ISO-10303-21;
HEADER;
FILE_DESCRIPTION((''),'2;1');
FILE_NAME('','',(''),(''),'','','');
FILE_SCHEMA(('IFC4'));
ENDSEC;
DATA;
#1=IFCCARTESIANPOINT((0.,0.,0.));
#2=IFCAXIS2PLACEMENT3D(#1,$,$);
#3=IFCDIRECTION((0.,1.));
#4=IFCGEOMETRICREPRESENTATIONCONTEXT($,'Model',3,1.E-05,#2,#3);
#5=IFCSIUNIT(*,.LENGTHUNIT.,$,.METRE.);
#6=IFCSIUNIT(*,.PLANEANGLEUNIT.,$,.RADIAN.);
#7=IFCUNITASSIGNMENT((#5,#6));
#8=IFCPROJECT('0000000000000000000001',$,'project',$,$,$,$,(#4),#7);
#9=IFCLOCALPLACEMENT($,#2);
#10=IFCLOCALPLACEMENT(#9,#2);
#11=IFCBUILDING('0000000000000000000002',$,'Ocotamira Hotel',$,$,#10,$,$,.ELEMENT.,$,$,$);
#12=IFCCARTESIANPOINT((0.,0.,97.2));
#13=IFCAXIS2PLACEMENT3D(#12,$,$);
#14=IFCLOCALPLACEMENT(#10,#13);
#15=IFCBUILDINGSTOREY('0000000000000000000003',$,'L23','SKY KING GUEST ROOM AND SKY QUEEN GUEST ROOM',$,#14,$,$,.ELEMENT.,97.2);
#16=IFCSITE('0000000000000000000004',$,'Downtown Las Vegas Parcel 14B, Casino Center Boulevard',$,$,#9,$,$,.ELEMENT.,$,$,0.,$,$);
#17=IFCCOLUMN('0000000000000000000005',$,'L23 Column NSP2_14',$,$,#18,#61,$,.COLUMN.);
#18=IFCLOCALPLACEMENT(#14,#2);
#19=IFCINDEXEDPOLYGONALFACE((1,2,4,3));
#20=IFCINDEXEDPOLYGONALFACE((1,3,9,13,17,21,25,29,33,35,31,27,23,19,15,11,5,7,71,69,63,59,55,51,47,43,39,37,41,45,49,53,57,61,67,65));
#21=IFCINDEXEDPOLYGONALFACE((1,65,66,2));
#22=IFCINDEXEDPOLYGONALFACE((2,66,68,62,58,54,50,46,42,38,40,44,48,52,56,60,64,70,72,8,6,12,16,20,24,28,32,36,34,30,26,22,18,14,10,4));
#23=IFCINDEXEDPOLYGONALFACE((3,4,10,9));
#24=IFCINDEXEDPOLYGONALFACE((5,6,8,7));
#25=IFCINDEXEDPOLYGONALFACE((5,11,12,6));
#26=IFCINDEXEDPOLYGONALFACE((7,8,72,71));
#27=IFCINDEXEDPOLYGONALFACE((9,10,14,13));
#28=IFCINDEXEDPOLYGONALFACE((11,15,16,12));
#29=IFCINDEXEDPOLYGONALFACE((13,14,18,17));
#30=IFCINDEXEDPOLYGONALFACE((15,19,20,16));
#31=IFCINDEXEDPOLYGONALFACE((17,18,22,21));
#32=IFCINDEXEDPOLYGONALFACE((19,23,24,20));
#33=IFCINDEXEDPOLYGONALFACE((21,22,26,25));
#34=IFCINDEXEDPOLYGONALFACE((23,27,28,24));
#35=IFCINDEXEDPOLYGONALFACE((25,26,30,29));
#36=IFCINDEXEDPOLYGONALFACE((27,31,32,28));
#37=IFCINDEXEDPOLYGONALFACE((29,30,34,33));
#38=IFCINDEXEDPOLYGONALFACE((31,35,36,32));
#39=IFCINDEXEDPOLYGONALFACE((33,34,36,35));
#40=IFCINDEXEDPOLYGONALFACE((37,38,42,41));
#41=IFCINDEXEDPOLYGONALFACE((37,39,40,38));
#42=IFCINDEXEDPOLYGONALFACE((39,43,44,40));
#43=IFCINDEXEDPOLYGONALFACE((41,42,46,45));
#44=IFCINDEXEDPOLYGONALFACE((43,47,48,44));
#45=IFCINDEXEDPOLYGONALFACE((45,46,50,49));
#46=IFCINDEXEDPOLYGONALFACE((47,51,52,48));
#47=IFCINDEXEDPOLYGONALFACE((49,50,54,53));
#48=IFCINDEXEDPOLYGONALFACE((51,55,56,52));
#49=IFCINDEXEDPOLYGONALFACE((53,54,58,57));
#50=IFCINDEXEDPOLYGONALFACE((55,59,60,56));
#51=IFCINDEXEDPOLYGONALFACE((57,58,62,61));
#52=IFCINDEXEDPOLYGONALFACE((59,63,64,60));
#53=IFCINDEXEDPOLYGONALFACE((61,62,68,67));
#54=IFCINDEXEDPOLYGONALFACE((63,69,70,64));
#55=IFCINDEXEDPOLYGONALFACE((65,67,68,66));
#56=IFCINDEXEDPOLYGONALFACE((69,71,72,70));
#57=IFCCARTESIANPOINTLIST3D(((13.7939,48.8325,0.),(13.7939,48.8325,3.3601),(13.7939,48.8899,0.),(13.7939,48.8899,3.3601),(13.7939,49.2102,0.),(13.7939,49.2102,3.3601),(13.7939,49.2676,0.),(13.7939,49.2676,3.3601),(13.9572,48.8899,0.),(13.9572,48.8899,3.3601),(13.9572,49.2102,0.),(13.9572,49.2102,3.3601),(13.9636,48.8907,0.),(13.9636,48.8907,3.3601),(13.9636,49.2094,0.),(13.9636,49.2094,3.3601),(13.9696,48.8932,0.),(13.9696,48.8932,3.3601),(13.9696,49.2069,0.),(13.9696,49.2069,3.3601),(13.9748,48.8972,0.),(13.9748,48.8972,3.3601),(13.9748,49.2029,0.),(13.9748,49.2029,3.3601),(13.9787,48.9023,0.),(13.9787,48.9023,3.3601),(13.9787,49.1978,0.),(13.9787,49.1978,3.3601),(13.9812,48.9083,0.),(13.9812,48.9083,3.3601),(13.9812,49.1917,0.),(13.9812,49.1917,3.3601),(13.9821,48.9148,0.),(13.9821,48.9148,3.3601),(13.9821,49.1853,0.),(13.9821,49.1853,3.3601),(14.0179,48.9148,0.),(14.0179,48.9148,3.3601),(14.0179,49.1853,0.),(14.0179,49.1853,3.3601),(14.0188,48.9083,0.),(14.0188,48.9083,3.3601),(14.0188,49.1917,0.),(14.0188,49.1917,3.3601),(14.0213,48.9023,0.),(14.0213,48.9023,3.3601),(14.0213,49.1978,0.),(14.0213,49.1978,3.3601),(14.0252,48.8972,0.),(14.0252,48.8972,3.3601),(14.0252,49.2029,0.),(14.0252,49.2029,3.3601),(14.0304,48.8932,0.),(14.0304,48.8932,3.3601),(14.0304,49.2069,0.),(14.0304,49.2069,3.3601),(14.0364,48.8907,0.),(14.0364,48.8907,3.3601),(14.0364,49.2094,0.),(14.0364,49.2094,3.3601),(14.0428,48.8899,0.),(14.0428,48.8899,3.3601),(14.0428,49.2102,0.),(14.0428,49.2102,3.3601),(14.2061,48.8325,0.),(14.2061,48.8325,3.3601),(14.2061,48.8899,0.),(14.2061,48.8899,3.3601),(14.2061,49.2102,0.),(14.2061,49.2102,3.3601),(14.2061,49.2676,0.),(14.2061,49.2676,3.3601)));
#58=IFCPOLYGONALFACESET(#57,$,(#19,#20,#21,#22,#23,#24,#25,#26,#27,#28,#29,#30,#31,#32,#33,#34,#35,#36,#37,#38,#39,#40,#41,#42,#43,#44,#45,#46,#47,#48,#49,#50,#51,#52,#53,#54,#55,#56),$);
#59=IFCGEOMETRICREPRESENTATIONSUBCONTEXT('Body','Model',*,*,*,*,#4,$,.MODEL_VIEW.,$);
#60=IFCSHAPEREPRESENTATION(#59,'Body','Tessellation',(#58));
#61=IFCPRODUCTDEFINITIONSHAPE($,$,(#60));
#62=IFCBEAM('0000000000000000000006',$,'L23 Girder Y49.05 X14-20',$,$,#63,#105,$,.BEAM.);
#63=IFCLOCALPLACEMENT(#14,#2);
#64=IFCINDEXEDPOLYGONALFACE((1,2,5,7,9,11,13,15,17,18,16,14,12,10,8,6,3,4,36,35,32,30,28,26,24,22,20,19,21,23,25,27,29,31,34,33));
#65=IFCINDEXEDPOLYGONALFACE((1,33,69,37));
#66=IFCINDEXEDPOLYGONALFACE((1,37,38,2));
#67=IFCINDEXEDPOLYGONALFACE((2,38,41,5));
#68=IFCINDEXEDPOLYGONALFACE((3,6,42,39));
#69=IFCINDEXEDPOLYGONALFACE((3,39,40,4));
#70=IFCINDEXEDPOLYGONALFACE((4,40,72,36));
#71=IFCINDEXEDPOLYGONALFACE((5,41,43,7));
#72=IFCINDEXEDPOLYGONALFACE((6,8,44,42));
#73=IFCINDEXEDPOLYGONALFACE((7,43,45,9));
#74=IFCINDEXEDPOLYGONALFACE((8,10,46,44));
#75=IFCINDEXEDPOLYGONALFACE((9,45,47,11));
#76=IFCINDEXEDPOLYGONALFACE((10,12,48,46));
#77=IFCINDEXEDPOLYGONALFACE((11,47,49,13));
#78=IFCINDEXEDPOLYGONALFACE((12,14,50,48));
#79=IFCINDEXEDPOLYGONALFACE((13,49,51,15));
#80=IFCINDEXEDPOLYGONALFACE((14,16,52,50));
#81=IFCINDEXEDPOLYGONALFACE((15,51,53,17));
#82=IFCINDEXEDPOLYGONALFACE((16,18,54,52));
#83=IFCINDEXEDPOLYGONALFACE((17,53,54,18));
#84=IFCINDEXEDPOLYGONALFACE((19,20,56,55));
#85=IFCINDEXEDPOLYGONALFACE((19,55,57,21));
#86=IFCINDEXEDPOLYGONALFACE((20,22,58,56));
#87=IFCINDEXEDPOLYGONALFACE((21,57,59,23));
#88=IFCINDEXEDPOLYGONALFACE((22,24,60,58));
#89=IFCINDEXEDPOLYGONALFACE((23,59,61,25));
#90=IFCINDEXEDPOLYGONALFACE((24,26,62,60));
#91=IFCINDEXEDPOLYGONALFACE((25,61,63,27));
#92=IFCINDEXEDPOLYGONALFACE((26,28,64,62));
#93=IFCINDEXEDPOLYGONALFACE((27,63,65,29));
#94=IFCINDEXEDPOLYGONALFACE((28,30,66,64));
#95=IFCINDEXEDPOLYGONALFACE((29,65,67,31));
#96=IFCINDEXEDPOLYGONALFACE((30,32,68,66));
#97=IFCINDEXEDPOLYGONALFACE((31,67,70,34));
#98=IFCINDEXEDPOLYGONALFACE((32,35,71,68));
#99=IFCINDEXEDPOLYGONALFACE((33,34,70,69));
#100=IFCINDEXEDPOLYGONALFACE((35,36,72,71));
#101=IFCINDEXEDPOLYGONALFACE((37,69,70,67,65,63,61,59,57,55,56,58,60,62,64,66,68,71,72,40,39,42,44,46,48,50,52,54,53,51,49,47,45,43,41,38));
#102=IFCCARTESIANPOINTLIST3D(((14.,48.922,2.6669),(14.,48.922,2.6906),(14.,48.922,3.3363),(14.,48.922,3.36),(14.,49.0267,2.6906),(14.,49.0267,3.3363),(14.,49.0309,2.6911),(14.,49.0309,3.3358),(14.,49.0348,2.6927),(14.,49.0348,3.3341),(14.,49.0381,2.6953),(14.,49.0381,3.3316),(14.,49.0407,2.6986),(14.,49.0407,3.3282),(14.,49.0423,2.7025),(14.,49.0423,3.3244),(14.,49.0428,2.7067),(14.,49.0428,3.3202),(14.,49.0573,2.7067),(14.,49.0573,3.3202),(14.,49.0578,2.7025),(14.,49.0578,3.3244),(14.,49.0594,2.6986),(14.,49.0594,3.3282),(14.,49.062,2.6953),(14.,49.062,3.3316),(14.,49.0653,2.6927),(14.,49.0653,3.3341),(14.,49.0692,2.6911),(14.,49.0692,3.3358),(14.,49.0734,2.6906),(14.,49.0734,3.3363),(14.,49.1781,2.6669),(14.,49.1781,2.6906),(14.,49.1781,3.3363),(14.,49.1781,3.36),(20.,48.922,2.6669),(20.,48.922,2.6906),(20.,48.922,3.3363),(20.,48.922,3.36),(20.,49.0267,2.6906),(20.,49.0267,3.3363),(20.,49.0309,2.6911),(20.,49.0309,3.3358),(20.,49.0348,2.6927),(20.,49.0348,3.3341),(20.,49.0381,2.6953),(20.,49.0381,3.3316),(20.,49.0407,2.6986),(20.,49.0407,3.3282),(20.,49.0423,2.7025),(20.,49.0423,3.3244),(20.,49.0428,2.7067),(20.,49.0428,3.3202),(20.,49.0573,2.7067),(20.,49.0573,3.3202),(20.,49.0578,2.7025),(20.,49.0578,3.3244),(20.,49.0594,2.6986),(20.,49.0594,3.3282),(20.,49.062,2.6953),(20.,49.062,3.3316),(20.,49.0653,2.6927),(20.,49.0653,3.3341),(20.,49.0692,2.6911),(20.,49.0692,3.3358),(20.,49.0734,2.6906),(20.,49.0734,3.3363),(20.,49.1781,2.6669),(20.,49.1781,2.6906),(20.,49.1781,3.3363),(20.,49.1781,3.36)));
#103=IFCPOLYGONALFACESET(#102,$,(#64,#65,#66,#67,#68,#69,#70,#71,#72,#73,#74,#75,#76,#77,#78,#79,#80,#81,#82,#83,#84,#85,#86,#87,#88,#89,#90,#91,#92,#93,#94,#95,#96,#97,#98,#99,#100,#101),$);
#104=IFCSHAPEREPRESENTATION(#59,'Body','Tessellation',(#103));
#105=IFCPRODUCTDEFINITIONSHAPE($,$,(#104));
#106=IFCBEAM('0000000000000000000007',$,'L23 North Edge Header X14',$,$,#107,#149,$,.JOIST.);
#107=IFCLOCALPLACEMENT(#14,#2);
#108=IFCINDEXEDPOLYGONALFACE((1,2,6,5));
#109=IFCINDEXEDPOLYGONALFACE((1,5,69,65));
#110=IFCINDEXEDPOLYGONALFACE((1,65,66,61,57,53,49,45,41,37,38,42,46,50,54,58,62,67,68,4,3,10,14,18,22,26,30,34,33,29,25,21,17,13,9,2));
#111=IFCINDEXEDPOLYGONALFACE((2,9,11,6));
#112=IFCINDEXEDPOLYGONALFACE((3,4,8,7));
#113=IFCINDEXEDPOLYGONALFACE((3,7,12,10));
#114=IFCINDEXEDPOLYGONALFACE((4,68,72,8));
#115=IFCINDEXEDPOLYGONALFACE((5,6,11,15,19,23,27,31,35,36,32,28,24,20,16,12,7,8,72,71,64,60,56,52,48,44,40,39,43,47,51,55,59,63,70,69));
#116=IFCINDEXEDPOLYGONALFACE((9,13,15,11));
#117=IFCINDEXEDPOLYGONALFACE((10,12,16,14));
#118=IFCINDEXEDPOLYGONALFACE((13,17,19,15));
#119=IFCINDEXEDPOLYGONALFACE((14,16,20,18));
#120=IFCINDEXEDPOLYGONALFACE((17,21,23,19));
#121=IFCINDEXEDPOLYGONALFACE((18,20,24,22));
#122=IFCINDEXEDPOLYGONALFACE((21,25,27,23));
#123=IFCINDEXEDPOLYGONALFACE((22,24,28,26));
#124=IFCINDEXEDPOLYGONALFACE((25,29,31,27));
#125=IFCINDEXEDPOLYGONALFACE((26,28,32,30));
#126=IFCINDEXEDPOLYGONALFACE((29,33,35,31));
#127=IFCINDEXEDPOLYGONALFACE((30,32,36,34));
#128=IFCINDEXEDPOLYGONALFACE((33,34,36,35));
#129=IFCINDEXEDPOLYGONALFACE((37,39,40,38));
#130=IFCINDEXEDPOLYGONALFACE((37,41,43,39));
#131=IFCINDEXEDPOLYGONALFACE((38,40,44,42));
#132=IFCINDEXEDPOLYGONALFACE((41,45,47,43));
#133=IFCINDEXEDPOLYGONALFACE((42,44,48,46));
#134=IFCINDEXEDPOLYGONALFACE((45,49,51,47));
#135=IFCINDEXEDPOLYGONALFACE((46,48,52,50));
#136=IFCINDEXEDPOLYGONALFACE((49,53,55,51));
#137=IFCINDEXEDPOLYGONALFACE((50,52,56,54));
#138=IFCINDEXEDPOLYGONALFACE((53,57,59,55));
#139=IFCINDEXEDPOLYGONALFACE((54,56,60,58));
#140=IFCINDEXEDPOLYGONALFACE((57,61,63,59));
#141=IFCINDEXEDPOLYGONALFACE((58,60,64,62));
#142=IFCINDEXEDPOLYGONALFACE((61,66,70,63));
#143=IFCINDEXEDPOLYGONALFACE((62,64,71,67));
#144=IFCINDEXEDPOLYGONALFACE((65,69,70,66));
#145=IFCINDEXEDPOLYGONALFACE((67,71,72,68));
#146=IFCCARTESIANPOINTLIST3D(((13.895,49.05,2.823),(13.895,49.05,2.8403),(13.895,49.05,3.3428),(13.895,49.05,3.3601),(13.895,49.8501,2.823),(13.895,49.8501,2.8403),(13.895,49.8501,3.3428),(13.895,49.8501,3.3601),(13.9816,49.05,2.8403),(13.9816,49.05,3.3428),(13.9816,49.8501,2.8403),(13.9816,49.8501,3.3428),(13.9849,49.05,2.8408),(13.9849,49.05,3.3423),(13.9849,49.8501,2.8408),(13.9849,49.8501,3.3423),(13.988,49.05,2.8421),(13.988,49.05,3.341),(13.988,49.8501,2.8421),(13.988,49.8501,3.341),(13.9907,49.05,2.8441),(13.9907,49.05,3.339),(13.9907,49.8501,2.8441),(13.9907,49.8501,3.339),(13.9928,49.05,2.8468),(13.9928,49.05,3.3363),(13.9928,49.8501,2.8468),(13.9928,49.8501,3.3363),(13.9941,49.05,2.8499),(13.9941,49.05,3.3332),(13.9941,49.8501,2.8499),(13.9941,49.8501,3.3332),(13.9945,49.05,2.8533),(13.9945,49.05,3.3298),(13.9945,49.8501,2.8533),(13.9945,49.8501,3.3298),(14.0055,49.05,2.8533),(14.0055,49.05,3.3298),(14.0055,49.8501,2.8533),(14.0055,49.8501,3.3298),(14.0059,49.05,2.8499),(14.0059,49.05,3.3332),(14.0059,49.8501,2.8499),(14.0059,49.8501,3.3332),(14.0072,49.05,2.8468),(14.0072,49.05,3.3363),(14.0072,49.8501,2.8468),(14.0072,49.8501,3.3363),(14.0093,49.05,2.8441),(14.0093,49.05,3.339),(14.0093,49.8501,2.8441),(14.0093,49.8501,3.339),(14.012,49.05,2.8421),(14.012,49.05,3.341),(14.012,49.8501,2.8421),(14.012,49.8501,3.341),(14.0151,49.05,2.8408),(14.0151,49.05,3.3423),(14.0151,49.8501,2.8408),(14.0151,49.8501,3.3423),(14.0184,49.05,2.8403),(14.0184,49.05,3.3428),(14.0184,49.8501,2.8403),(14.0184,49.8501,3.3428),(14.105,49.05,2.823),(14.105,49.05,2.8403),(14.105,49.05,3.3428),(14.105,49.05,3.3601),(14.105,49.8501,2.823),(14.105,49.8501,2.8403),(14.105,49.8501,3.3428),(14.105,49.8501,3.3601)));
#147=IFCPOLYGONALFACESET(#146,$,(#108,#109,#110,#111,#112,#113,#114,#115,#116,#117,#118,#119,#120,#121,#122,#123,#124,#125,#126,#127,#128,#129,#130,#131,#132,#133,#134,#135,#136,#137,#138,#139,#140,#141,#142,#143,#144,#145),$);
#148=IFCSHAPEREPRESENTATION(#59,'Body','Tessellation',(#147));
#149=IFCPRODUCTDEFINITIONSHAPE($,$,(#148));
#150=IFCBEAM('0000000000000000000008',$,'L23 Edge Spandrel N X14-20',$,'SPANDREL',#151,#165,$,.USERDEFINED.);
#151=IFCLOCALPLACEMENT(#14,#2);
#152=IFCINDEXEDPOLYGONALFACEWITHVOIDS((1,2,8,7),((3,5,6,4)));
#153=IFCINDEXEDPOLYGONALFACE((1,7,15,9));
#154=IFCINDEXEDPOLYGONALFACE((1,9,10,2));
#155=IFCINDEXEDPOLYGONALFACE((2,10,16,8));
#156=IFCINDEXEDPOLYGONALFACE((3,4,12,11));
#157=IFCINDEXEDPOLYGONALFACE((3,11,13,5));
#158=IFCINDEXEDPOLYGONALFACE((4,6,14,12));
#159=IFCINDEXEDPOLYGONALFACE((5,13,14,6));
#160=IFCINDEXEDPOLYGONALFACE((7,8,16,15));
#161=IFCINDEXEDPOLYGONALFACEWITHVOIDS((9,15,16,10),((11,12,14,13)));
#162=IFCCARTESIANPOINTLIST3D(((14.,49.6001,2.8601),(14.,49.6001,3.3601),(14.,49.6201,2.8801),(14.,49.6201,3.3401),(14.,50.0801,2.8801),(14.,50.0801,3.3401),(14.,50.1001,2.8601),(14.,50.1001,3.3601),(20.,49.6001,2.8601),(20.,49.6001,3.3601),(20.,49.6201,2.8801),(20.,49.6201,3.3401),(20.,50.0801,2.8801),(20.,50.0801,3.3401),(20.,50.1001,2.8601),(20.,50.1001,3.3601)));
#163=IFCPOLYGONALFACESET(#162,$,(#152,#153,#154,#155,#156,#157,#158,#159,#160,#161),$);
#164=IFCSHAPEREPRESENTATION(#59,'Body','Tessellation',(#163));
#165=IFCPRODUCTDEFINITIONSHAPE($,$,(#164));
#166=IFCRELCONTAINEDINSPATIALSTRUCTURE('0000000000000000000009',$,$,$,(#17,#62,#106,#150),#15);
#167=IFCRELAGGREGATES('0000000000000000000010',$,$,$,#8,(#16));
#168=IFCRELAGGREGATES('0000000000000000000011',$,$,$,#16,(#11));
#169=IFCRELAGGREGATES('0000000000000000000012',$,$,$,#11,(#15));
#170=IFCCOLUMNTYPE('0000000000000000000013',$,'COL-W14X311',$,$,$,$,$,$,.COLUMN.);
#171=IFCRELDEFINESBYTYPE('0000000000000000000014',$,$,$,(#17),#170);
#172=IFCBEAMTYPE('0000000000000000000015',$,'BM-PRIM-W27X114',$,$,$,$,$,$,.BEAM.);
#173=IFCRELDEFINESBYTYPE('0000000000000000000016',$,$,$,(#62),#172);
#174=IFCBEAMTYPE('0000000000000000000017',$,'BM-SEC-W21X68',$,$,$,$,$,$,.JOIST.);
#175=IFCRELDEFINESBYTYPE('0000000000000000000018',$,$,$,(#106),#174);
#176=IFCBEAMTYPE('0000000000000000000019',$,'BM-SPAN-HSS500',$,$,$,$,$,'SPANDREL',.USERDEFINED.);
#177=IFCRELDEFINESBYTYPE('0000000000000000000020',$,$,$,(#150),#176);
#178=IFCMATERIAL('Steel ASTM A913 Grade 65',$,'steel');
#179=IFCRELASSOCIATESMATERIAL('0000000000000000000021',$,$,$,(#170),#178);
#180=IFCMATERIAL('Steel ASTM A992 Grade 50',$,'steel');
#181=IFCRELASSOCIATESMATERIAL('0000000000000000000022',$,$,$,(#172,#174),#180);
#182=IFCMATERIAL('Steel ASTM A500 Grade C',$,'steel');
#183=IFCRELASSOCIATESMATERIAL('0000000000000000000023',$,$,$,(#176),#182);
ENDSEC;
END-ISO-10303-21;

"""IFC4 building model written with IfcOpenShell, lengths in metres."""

from ifc_helpers import new_model, si_unit, direction, frame, origin, origin_2d, place, context, subcontext, project, spatial, hollow_rectangle, i_section, extrude, source, transform, mapped, material, material_profile, profile_set, type_object, element, save


model = new_model("IFC4")

# Units and contexts
model_context = context("Model", 3, precision=1e-05, world=origin(), true_north=direction((0.0, 1.0)))
body_context = subcontext(model_context, "Body", "Model", "MODEL_VIEW")
ifc_project = project(units=[si_unit("LENGTHUNIT", "METRE"), si_unit("PLANEANGLEUNIT", "RADIAN")], contexts=[model_context])

# Site, building, storey
site_placement = place(None, origin())
site = spatial("IfcSite", under=ifc_project, at=site_placement, Name="Downtown Las Vegas Parcel 14B, Casino Center Boulevard", CompositionType="ELEMENT", RefElevation=0.0)
building_placement = place(site_placement, origin())
building = spatial("IfcBuilding", under=site, at=building_placement, Name="Ocotamira Hotel", CompositionType="ELEMENT")
storey_placement = place(building_placement, frame((0.0, 0.0, 97.2)))
storey = spatial("IfcBuildingStorey", under=building, at=storey_placement, Name="L23", Description="SKY KING GUEST ROOM AND SKY QUEEN GUEST ROOM", CompositionType="ELEMENT", Elevation=97.2)

# Column
ifc_material_1 = material(Name="Steel ASTM A913 Grade 65", Category="steel")
ifc_material_profile_1 = material_profile(ifc_material_1, i_section(OverallWidth=0.4121, OverallDepth=0.4351, WebThickness=0.0359, FlangeThickness=0.0574, FilletRadius=0.0249, at=origin_2d()), Name="W14X311")
ifc_profile_set_1 = profile_set([ifc_material_profile_1], Name="Steel ASTM A913 Grade 65")
column_type = type_object("IfcColumnType", Name="COL-W14X311", PredefinedType="COLUMN", material=ifc_profile_set_1)
shared_shape_1 = source(origin(), body_context, "Body", "SweptSolid", [
    extrude(i_section(OverallWidth=0.4121, OverallDepth=0.4351, WebThickness=0.0359, FlangeThickness=0.0574, FilletRadius=0.0249, at=origin_2d()), origin(), (0.0, 0.0, 1.0), 3.3601),
])
column_placement = place(storey_placement, frame((14.0, 49.05, 0.0), z_axis=(0.0, 0.0, 1.0), x_axis=(1.0, 0.0, 0.0)))
element("IfcColumn", 1, at=column_placement, inside=storey, type_object=column_type, Name="L23 Column NSP2_14", PredefinedType="COLUMN", context=body_context, shape_type="MappedRepresentation", body=[
    mapped(shared_shape_1, transform((0.0, 0.0, 0.0), scale=1.0)),
])

# Beams
ifc_material_2 = material(Name="Steel ASTM A992 Grade 50", Category="steel")
ifc_material_profile_2 = material_profile(ifc_material_2, i_section(OverallWidth=0.2561, OverallDepth=0.6931, WebThickness=0.0144, FlangeThickness=0.0237, FilletRadius=0.0161, at=origin_2d()), Name="W27X114")
ifc_profile_set_2 = profile_set([ifc_material_profile_2], Name="Steel ASTM A992 Grade 50")
beam_type_1 = type_object("IfcBeamType", Name="BM-PRIM-W27X114", PredefinedType="BEAM", material=ifc_profile_set_2)
shared_shape_2 = source(origin(), body_context, "Body", "SweptSolid", [
    extrude(i_section(OverallWidth=0.2561, OverallDepth=0.6931, WebThickness=0.0144, FlangeThickness=0.0237, FilletRadius=0.0161, at=origin_2d()), origin(), (0.0, 0.0, 1.0), 6.0),
])
beam_1_placement = place(storey_placement, frame((14.0, 49.05, 3.0134), z_axis=(1.0, 0.0, 0.0), x_axis=(0.0, 1.0, 0.0)))
element("IfcBeam", 2, at=beam_1_placement, inside=storey, type_object=beam_type_1, Name="L23 Girder Y49.05 X14-20", PredefinedType="BEAM", context=body_context, shape_type="MappedRepresentation", body=[
    mapped(shared_shape_2, transform((0.0, 0.0, 0.0), scale=1.0)),
])
ifc_material_profile_3 = material_profile(ifc_material_2, i_section(OverallWidth=0.21, OverallDepth=0.5371, WebThickness=0.011, FlangeThickness=0.0173, FilletRadius=0.0129, at=origin_2d()), Name="W21X68")
ifc_profile_set_3 = profile_set([ifc_material_profile_3], Name="Steel ASTM A992 Grade 50")
beam_type_2 = type_object("IfcBeamType", Name="BM-SEC-W21X68", PredefinedType="JOIST", material=ifc_profile_set_3)
shared_shape_3 = source(origin(), body_context, "Body", "SweptSolid", [
    extrude(i_section(OverallWidth=0.21, OverallDepth=0.5371, WebThickness=0.011, FlangeThickness=0.0173, FilletRadius=0.0129, at=origin_2d()), origin(), (0.0, 0.0, 1.0), 0.8),
])
beam_2_placement = place(storey_placement, frame((14.0, 49.05, 3.0916), z_axis=(0.0, 1.0, 0.0), x_axis=(-1.0, 0.0, 0.0)))
element("IfcBeam", 3, at=beam_2_placement, inside=storey, type_object=beam_type_2, Name="L23 North Edge Header X14", PredefinedType="JOIST", context=body_context, shape_type="MappedRepresentation", body=[
    mapped(shared_shape_3, transform((0.0, 0.0, 0.0), scale=1.0)),
])
ifc_material_3 = material(Name="Steel ASTM A500 Grade C", Category="steel")
ifc_material_profile_4 = material_profile(ifc_material_3, hollow_rectangle(XDim=0.5, YDim=0.5, WallThickness=0.02, at=origin_2d()), Name="HSS500X500X20")
ifc_profile_set_4 = profile_set([ifc_material_profile_4], Name="Steel ASTM A500 Grade C")
beam_type_3 = type_object("IfcBeamType", Name="BM-SPAN-HSS500", ElementType="SPANDREL", PredefinedType="USERDEFINED", material=ifc_profile_set_4)
shared_shape_4 = source(origin(), body_context, "Body", "SweptSolid", [
    extrude(hollow_rectangle(XDim=0.5, YDim=0.5, WallThickness=0.02, at=origin_2d()), origin(), (0.0, 0.0, 1.0), 6.0),
])
beam_3_placement = place(storey_placement, frame((14.0, 49.8501, 3.1101), z_axis=(1.0, 0.0, 0.0), x_axis=(0.0, 1.0, 0.0)))
element("IfcBeam", 4, at=beam_3_placement, inside=storey, type_object=beam_type_3, Name="L23 Edge Spandrel N X14-20", ObjectType="SPANDREL", PredefinedType="USERDEFINED", context=body_context, shape_type="MappedRepresentation", body=[
    mapped(shared_shape_4, transform((0.0, 0.0, 0.0), scale=1.0)),
])

save(model, "model.ifc")
